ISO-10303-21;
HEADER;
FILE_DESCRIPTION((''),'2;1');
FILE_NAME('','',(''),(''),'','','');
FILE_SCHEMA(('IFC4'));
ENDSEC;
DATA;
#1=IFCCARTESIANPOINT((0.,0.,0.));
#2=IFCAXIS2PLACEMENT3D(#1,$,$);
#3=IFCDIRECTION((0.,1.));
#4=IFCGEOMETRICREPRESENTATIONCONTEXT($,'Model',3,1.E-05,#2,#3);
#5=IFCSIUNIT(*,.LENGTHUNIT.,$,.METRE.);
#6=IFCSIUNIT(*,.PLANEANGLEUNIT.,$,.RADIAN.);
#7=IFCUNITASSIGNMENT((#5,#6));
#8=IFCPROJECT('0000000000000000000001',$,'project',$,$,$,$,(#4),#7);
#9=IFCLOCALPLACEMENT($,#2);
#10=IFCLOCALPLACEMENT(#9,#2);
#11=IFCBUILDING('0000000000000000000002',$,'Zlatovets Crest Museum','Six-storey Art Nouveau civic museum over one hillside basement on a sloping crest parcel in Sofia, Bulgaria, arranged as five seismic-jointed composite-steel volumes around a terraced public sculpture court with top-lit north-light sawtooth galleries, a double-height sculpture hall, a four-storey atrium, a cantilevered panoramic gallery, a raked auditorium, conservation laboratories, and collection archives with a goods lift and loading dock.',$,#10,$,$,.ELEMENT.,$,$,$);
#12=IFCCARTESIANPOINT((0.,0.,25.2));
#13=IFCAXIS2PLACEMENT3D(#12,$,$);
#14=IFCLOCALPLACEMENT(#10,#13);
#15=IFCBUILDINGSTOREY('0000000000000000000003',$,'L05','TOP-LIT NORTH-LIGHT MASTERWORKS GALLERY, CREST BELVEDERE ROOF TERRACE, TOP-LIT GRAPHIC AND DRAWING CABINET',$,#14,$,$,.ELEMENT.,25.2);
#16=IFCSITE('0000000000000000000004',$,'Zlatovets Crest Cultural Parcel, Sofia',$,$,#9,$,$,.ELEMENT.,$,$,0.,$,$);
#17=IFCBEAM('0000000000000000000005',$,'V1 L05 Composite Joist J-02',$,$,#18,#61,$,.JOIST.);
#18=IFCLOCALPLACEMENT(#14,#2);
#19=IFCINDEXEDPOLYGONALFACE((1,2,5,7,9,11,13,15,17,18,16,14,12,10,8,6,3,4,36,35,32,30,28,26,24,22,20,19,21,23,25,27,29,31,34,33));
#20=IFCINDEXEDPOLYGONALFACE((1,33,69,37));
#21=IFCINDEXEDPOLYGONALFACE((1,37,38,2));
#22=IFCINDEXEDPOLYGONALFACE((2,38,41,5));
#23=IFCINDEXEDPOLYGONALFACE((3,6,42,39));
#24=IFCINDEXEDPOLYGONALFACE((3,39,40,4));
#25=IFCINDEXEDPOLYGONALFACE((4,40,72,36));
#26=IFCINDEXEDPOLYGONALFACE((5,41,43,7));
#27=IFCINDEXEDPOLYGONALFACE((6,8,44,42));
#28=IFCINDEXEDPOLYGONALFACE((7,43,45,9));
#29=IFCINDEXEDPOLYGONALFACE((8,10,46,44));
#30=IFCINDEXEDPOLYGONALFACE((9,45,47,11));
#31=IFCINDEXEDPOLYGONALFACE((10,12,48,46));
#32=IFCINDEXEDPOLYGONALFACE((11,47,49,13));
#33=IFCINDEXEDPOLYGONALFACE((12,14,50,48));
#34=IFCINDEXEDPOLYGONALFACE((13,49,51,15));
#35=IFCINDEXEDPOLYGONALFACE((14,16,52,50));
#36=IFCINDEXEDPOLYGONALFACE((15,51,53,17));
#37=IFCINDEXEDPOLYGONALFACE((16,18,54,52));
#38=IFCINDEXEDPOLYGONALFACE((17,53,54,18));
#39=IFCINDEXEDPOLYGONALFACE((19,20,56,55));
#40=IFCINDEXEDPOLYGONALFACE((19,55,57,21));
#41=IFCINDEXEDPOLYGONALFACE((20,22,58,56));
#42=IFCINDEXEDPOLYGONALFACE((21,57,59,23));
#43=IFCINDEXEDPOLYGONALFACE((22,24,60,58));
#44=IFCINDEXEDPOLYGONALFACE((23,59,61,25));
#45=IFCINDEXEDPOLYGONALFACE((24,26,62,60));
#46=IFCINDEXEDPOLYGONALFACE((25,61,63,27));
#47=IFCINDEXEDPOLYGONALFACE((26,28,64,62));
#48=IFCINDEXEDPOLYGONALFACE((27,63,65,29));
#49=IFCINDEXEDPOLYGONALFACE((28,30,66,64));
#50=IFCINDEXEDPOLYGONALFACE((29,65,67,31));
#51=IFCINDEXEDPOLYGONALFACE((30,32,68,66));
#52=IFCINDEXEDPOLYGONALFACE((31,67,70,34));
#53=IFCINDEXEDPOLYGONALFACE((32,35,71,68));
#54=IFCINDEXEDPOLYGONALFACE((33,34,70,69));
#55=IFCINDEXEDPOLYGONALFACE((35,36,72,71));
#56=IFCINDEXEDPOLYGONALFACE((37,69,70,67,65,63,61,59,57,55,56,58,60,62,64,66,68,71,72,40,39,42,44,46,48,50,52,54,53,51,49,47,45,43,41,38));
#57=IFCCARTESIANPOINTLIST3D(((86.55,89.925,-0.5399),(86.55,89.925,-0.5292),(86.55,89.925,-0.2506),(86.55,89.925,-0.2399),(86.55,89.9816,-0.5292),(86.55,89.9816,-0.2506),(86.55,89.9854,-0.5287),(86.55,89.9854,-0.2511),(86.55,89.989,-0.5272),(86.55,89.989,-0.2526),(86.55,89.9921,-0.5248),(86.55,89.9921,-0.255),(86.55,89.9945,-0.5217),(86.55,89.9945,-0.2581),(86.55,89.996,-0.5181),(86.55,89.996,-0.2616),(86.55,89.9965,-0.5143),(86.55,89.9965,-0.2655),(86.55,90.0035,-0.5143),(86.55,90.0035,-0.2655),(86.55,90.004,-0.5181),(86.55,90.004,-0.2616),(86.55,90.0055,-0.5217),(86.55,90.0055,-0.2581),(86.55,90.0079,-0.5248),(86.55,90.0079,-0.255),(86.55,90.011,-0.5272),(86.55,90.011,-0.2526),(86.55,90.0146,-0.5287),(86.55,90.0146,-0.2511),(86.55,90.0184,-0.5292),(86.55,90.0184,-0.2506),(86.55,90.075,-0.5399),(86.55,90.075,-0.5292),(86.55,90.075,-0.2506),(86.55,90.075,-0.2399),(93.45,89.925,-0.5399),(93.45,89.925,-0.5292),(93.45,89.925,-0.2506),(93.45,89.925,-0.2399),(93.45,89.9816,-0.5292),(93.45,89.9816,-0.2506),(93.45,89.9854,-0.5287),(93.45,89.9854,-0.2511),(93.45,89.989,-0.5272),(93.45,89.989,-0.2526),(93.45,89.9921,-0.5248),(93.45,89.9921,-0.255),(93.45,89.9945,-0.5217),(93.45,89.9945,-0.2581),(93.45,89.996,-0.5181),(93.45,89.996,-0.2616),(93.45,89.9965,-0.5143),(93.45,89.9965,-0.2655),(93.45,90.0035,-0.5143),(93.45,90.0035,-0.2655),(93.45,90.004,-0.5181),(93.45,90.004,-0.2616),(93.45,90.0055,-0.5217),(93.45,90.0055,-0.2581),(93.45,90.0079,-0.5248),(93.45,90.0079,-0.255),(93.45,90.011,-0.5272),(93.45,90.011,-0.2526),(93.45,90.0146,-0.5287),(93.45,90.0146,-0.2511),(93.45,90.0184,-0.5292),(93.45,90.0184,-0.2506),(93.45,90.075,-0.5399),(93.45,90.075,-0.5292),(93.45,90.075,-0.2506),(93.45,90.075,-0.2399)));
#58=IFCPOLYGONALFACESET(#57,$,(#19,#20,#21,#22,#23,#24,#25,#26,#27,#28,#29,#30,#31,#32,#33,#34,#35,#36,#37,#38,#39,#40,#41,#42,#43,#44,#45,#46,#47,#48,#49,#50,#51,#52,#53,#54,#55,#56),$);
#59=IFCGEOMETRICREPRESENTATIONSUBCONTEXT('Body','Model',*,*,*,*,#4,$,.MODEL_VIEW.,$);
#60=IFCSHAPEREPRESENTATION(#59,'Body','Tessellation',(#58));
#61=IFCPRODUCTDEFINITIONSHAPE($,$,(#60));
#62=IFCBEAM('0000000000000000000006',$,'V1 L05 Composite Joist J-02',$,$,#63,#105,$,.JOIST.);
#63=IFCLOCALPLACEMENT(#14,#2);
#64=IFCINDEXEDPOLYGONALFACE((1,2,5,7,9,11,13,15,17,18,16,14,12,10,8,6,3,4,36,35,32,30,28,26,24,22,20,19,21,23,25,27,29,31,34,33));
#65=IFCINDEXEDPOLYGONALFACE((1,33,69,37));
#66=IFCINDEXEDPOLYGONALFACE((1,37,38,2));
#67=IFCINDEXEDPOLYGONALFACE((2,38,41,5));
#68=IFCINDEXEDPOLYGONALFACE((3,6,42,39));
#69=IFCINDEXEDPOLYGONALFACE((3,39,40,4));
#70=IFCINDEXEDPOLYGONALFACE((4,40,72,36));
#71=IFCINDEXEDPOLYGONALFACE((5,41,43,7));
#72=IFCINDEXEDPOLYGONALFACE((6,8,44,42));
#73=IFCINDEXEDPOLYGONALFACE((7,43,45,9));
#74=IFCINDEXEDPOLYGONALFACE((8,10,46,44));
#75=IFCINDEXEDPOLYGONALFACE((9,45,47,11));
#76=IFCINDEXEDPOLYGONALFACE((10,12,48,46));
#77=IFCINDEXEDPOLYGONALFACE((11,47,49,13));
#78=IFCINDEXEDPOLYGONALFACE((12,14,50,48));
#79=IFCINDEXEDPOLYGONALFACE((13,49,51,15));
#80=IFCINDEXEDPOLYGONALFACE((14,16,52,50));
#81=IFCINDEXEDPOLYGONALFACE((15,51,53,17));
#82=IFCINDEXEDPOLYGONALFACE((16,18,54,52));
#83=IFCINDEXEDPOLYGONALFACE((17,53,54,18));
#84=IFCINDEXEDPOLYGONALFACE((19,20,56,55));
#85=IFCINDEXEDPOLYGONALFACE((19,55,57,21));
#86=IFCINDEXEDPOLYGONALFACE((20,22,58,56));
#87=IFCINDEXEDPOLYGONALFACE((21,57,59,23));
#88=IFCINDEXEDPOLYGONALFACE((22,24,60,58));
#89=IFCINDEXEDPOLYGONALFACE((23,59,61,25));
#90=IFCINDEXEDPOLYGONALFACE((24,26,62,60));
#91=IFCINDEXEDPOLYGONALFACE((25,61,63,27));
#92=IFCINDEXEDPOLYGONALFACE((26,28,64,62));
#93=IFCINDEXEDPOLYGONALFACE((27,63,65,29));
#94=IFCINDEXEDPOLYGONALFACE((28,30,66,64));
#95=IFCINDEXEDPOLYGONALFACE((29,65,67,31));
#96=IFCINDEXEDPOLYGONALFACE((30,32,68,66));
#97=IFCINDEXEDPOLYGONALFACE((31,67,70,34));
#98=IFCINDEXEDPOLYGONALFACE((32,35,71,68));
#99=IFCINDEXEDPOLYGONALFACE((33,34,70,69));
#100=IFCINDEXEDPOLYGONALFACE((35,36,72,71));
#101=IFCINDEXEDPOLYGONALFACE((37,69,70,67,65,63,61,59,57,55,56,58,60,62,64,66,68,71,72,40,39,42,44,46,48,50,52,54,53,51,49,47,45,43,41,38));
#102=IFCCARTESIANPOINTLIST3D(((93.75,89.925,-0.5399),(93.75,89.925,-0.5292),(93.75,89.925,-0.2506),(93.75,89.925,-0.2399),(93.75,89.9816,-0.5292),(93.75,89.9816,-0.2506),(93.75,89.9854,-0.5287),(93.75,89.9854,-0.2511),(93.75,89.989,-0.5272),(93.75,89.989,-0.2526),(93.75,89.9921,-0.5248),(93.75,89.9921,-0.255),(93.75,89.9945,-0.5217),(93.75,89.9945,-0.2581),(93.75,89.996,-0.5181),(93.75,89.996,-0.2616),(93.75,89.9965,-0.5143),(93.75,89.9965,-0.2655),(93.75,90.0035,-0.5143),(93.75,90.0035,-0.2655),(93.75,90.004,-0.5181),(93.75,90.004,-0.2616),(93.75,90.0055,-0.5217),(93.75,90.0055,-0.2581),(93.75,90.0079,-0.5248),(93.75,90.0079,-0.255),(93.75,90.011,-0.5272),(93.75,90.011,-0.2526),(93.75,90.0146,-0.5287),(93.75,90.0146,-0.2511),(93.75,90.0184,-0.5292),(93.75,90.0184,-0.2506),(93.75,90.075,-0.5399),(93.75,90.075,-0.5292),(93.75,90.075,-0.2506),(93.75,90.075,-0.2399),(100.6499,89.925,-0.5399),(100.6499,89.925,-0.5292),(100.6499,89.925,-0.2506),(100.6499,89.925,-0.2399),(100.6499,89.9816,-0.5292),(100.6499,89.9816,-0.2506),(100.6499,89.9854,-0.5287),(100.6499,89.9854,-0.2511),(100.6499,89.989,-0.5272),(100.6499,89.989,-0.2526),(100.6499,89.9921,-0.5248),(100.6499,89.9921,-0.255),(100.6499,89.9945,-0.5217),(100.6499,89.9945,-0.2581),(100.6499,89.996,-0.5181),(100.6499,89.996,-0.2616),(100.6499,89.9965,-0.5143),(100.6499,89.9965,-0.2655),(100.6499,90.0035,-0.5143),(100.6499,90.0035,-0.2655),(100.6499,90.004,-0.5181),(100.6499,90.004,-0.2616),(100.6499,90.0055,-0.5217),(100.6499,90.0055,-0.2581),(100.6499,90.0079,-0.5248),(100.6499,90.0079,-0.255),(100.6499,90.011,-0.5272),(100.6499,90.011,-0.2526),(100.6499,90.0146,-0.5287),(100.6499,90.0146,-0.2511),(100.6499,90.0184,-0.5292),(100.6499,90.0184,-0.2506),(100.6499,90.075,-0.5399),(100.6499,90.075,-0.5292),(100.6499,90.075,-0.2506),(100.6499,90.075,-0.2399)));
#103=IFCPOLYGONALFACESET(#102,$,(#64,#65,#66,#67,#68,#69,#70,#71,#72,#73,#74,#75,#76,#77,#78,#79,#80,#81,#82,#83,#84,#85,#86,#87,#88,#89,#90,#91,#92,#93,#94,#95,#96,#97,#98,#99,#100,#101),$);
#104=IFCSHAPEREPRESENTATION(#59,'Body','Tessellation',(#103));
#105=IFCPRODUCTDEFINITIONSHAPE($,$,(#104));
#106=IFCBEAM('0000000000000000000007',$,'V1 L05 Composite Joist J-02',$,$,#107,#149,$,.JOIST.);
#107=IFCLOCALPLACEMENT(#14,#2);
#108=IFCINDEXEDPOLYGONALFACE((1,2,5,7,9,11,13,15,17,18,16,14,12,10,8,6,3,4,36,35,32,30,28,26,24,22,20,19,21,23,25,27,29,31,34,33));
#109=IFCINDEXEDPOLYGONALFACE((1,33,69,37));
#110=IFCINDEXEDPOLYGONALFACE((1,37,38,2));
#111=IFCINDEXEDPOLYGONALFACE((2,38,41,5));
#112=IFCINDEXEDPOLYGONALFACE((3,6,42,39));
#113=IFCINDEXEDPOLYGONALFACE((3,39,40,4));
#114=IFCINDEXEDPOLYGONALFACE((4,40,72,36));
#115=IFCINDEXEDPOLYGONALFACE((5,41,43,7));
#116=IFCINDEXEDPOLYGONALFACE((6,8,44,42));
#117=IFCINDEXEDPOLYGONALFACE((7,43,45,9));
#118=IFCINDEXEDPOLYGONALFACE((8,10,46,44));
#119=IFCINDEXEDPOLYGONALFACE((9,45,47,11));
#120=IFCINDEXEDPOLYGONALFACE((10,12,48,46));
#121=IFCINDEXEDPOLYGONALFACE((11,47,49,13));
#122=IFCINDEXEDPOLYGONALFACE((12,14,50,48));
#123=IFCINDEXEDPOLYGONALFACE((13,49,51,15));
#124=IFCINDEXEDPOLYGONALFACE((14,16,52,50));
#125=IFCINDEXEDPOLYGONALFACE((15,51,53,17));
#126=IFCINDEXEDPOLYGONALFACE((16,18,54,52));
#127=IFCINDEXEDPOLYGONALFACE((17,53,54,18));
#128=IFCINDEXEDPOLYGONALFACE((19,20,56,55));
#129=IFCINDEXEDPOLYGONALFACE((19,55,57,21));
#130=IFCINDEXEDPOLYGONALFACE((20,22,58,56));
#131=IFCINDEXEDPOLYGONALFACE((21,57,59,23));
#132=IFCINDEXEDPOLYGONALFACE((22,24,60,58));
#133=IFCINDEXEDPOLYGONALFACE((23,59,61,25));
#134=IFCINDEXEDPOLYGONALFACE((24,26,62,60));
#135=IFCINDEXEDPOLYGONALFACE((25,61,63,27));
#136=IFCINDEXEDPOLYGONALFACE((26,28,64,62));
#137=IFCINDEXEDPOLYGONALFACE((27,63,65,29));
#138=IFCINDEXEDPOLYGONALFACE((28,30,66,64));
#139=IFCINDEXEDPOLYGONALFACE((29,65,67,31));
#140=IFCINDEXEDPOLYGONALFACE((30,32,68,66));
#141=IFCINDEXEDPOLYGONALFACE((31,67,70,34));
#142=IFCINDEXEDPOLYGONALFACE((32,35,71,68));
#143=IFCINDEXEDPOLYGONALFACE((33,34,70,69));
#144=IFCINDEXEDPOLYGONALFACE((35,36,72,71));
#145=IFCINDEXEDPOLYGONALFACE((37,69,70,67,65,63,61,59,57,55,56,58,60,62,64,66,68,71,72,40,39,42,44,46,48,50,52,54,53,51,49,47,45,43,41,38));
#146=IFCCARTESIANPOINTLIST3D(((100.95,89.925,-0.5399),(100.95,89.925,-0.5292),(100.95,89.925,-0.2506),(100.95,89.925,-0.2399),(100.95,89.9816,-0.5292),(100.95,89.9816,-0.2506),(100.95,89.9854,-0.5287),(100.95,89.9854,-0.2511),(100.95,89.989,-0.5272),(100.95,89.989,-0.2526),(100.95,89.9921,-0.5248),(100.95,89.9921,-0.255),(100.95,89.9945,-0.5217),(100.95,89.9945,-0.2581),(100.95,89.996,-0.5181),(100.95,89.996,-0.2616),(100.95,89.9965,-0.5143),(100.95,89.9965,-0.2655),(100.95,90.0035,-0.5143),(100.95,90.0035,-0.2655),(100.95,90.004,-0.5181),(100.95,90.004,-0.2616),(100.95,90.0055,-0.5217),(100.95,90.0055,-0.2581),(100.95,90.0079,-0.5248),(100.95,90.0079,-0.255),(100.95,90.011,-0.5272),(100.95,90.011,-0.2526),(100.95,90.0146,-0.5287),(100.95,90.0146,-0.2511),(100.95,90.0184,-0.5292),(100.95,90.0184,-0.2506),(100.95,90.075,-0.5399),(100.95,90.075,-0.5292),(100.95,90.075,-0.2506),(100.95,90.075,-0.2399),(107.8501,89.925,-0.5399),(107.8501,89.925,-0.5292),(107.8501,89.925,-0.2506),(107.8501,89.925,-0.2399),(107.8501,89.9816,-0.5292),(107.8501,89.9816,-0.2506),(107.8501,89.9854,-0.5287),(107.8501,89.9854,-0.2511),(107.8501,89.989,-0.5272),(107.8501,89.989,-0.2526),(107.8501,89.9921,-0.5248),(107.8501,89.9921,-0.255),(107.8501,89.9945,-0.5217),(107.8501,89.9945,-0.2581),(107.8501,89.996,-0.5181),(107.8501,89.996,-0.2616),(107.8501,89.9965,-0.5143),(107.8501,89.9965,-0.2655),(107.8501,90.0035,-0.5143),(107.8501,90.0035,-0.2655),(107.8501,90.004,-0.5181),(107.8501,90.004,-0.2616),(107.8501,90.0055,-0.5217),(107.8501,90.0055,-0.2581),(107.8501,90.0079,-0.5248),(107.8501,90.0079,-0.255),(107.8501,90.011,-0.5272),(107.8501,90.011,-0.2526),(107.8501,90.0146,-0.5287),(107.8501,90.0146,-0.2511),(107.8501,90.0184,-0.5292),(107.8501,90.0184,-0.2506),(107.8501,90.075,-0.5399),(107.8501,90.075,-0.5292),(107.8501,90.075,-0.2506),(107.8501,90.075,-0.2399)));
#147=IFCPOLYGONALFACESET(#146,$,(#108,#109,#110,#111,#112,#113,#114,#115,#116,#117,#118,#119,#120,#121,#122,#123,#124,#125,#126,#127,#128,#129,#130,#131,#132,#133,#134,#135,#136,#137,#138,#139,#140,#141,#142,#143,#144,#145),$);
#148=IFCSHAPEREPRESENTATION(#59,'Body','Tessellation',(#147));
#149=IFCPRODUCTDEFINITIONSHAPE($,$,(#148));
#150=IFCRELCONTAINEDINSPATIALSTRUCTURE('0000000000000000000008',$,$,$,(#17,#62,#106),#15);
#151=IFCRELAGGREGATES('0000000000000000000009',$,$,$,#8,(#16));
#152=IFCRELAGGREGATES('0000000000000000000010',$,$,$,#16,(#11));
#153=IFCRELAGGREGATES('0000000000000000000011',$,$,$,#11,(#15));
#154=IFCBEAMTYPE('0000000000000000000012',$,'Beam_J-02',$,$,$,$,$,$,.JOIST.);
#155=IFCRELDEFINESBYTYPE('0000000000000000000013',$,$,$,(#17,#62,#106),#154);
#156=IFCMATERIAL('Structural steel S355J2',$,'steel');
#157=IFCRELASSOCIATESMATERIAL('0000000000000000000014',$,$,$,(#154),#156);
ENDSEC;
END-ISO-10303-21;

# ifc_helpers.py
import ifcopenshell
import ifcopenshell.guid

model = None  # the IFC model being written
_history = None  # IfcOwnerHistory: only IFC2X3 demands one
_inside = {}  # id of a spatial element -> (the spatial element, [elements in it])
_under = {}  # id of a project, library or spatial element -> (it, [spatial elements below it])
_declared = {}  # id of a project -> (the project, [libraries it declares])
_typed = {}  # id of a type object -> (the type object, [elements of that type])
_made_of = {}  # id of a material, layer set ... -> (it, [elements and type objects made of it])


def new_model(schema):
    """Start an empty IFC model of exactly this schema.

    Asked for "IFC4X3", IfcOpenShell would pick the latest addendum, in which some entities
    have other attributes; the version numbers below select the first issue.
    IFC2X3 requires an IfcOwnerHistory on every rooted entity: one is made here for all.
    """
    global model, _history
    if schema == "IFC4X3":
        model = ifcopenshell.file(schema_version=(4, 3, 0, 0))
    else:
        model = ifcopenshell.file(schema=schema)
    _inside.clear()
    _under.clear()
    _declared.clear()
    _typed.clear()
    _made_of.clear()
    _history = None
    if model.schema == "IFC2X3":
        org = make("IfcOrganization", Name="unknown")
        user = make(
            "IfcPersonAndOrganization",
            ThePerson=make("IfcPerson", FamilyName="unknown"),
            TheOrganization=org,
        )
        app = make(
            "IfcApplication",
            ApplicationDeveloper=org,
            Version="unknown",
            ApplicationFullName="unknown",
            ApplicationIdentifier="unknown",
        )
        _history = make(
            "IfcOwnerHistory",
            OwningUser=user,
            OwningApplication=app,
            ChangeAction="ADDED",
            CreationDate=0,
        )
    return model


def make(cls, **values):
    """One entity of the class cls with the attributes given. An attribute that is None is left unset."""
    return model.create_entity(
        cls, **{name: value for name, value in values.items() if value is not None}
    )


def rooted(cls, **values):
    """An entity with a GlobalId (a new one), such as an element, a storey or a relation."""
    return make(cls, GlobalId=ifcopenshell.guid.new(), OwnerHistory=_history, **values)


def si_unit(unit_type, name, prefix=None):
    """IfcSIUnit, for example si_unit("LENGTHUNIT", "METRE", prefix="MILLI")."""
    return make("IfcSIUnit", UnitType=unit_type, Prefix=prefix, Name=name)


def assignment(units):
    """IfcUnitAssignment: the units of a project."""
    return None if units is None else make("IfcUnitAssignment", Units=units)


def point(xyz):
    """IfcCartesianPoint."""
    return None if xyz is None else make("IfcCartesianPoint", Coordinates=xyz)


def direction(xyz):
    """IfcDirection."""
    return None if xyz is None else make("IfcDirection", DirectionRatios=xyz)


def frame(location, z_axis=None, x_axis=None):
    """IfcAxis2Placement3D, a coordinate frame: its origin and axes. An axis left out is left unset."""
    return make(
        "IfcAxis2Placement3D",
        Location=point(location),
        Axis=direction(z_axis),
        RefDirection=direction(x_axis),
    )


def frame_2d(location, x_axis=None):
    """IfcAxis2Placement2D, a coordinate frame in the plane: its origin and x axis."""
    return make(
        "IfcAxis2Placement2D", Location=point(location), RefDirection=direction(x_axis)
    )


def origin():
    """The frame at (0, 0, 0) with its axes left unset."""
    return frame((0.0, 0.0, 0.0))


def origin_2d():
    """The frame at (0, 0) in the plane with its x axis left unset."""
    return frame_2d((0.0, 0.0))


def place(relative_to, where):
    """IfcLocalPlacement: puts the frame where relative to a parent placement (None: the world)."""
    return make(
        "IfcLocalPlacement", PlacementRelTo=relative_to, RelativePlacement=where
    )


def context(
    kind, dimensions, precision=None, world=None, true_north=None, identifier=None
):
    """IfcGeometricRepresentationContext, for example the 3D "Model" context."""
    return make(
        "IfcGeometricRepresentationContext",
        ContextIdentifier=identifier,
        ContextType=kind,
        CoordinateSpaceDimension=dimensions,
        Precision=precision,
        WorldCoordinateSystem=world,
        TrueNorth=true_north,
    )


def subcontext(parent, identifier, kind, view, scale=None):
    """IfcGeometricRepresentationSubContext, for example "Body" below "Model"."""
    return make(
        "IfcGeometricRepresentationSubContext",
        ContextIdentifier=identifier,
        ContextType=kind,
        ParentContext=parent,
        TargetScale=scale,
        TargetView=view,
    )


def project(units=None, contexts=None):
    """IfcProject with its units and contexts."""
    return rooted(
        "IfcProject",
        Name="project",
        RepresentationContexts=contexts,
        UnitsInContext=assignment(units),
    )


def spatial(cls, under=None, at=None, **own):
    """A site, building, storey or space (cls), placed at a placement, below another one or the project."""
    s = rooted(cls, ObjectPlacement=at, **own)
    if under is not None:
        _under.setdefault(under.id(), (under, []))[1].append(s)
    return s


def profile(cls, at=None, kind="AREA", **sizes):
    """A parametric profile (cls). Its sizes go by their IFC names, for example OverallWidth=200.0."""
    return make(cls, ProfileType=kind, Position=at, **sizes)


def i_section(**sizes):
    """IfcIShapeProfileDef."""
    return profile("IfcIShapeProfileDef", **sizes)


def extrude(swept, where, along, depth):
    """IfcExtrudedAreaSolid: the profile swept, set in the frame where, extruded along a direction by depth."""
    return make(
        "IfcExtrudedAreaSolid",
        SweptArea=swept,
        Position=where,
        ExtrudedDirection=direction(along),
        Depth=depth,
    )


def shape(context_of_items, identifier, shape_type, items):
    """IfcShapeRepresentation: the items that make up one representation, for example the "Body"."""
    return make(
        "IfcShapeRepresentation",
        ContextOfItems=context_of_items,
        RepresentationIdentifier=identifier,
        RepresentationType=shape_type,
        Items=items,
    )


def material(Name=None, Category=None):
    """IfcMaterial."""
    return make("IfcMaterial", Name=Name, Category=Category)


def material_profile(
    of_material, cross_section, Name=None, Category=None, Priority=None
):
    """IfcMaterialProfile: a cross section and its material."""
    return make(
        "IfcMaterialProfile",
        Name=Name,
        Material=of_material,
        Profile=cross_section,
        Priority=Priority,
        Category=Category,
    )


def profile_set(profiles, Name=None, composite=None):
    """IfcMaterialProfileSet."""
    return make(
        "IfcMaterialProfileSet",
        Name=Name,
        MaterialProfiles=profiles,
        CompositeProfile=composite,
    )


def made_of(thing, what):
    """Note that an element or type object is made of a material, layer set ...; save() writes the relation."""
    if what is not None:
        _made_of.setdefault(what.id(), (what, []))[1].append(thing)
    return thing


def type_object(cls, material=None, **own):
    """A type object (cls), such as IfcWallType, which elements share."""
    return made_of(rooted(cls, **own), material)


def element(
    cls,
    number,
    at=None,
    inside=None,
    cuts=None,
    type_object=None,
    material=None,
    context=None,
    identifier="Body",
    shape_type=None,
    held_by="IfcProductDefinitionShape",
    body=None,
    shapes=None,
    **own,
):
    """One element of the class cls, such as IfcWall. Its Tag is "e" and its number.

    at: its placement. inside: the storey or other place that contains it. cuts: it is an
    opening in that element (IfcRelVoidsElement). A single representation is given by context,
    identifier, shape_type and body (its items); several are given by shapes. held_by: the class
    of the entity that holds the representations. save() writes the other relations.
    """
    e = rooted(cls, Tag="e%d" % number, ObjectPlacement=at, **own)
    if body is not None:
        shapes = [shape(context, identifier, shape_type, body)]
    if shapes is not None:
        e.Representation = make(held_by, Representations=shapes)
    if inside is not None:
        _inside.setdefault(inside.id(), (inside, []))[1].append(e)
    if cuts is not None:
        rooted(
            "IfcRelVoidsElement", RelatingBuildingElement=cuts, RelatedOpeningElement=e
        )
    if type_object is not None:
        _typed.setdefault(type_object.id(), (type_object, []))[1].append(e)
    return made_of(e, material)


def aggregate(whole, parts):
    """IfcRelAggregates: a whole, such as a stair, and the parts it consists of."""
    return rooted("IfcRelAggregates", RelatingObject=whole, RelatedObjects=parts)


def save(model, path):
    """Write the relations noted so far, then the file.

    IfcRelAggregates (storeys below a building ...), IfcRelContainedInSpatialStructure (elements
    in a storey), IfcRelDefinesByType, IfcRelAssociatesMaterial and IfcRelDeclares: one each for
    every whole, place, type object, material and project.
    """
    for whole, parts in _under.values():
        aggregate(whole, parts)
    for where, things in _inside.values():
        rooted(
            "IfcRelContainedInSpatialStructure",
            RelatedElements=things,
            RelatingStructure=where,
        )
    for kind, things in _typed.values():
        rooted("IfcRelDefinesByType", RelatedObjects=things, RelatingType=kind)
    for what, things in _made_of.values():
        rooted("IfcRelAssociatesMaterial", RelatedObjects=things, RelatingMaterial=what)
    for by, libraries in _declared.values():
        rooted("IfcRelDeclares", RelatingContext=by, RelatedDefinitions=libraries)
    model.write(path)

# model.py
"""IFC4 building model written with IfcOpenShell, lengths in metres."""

from ifc_helpers import new_model, si_unit, direction, frame, origin, origin_2d, place, context, subcontext, project, spatial, i_section, extrude, material, material_profile, profile_set, type_object, element, save


model = new_model("IFC4")

# Units and contexts
model_context = context("Model", 3, precision=1e-05, world=origin(), true_north=direction((0.0, 1.0)))
body_context = subcontext(model_context, "Body", "Model", "MODEL_VIEW")
ifc_project = project(units=[si_unit("LENGTHUNIT", "METRE"), si_unit("PLANEANGLEUNIT", "RADIAN")], contexts=[model_context])

# Site, building, storey
site_placement = place(None, origin())
site = spatial("IfcSite", under=ifc_project, at=site_placement, Name="Zlatovets Crest Cultural Parcel, Sofia", CompositionType="ELEMENT", RefElevation=0.0)
building_placement = place(site_placement, origin())
building = spatial("IfcBuilding", under=site, at=building_placement, Name="Zlatovets Crest Museum", Description="Six-storey Art Nouveau civic museum over one hillside basement on a sloping crest parcel in Sofia, Bulgaria, arranged as five seismic-jointed composite-steel volumes around a terraced public sculpture court with top-lit north-light sawtooth galleries, a double-height sculpture hall, a four-storey atrium, a cantilevered panoramic gallery, a raked auditorium, conservation laboratories, and collection archives with a goods lift and loading dock.", CompositionType="ELEMENT")
storey_placement = place(building_placement, frame((0.0, 0.0, 25.2)))
storey = spatial("IfcBuildingStorey", under=building, at=storey_placement, Name="L05", Description="TOP-LIT NORTH-LIGHT MASTERWORKS GALLERY, CREST BELVEDERE ROOF TERRACE, TOP-LIT GRAPHIC AND DRAWING CABINET", CompositionType="ELEMENT", Elevation=25.2)

# Beams
ifc_material_1 = material(Name="Structural steel S355J2", Category="steel")
ifc_material_profile_1 = material_profile(ifc_material_1, i_section(OverallWidth=0.1499, OverallDepth=0.3, WebThickness=0.0071, FlangeThickness=0.0107, FilletRadius=0.0149, at=origin_2d()), Name="IPE 300")
ifc_profile_set_1 = profile_set([ifc_material_profile_1], Name="Structural steel S355J2")
beam_type_1 = type_object("IfcBeamType", Name="Beam_J-02", PredefinedType="JOIST", material=ifc_profile_set_1)
for number, where, z_axis, x_axis, name in (
    (1, (86.55, 90.0, -0.3899), (1.0, 0.0, 0.0), (0.0, 1.0, 0.0), "V1 L05 Composite Joist J-02"),
    (2, (93.75, 90.0, -0.3899), (1.0, 0.0, 0.0), (0.0, 1.0, 0.0), "V1 L05 Composite Joist J-02"),
):
    element("IfcBeam", number, at=place(storey_placement, frame(where, z_axis=z_axis, x_axis=x_axis)), inside=storey, type_object=beam_type_1, Name=name, PredefinedType="JOIST", context=body_context, shape_type="SweptSolid", body=[
        extrude(i_section(OverallWidth=0.1499, OverallDepth=0.3, WebThickness=0.0071, FlangeThickness=0.0107, FilletRadius=0.0149, at=origin_2d()), origin(), (0.0, 0.0, 1.0), 6.8999),
    ])
beam_1_placement = place(storey_placement, frame((100.95, 90.0, -0.3899), z_axis=(1.0, 0.0, 0.0), x_axis=(0.0, 1.0, 0.0)))
element("IfcBeam", 3, at=beam_1_placement, inside=storey, type_object=beam_type_1, Name="V1 L05 Composite Joist J-02", PredefinedType="JOIST", context=body_context, shape_type="SweptSolid", body=[
    extrude(i_section(OverallWidth=0.1499, OverallDepth=0.3, WebThickness=0.0071, FlangeThickness=0.0107, FilletRadius=0.0149, at=origin_2d()), origin(), (0.0, 0.0, 1.0), 6.9001),
])

save(model, "model.ifc")
